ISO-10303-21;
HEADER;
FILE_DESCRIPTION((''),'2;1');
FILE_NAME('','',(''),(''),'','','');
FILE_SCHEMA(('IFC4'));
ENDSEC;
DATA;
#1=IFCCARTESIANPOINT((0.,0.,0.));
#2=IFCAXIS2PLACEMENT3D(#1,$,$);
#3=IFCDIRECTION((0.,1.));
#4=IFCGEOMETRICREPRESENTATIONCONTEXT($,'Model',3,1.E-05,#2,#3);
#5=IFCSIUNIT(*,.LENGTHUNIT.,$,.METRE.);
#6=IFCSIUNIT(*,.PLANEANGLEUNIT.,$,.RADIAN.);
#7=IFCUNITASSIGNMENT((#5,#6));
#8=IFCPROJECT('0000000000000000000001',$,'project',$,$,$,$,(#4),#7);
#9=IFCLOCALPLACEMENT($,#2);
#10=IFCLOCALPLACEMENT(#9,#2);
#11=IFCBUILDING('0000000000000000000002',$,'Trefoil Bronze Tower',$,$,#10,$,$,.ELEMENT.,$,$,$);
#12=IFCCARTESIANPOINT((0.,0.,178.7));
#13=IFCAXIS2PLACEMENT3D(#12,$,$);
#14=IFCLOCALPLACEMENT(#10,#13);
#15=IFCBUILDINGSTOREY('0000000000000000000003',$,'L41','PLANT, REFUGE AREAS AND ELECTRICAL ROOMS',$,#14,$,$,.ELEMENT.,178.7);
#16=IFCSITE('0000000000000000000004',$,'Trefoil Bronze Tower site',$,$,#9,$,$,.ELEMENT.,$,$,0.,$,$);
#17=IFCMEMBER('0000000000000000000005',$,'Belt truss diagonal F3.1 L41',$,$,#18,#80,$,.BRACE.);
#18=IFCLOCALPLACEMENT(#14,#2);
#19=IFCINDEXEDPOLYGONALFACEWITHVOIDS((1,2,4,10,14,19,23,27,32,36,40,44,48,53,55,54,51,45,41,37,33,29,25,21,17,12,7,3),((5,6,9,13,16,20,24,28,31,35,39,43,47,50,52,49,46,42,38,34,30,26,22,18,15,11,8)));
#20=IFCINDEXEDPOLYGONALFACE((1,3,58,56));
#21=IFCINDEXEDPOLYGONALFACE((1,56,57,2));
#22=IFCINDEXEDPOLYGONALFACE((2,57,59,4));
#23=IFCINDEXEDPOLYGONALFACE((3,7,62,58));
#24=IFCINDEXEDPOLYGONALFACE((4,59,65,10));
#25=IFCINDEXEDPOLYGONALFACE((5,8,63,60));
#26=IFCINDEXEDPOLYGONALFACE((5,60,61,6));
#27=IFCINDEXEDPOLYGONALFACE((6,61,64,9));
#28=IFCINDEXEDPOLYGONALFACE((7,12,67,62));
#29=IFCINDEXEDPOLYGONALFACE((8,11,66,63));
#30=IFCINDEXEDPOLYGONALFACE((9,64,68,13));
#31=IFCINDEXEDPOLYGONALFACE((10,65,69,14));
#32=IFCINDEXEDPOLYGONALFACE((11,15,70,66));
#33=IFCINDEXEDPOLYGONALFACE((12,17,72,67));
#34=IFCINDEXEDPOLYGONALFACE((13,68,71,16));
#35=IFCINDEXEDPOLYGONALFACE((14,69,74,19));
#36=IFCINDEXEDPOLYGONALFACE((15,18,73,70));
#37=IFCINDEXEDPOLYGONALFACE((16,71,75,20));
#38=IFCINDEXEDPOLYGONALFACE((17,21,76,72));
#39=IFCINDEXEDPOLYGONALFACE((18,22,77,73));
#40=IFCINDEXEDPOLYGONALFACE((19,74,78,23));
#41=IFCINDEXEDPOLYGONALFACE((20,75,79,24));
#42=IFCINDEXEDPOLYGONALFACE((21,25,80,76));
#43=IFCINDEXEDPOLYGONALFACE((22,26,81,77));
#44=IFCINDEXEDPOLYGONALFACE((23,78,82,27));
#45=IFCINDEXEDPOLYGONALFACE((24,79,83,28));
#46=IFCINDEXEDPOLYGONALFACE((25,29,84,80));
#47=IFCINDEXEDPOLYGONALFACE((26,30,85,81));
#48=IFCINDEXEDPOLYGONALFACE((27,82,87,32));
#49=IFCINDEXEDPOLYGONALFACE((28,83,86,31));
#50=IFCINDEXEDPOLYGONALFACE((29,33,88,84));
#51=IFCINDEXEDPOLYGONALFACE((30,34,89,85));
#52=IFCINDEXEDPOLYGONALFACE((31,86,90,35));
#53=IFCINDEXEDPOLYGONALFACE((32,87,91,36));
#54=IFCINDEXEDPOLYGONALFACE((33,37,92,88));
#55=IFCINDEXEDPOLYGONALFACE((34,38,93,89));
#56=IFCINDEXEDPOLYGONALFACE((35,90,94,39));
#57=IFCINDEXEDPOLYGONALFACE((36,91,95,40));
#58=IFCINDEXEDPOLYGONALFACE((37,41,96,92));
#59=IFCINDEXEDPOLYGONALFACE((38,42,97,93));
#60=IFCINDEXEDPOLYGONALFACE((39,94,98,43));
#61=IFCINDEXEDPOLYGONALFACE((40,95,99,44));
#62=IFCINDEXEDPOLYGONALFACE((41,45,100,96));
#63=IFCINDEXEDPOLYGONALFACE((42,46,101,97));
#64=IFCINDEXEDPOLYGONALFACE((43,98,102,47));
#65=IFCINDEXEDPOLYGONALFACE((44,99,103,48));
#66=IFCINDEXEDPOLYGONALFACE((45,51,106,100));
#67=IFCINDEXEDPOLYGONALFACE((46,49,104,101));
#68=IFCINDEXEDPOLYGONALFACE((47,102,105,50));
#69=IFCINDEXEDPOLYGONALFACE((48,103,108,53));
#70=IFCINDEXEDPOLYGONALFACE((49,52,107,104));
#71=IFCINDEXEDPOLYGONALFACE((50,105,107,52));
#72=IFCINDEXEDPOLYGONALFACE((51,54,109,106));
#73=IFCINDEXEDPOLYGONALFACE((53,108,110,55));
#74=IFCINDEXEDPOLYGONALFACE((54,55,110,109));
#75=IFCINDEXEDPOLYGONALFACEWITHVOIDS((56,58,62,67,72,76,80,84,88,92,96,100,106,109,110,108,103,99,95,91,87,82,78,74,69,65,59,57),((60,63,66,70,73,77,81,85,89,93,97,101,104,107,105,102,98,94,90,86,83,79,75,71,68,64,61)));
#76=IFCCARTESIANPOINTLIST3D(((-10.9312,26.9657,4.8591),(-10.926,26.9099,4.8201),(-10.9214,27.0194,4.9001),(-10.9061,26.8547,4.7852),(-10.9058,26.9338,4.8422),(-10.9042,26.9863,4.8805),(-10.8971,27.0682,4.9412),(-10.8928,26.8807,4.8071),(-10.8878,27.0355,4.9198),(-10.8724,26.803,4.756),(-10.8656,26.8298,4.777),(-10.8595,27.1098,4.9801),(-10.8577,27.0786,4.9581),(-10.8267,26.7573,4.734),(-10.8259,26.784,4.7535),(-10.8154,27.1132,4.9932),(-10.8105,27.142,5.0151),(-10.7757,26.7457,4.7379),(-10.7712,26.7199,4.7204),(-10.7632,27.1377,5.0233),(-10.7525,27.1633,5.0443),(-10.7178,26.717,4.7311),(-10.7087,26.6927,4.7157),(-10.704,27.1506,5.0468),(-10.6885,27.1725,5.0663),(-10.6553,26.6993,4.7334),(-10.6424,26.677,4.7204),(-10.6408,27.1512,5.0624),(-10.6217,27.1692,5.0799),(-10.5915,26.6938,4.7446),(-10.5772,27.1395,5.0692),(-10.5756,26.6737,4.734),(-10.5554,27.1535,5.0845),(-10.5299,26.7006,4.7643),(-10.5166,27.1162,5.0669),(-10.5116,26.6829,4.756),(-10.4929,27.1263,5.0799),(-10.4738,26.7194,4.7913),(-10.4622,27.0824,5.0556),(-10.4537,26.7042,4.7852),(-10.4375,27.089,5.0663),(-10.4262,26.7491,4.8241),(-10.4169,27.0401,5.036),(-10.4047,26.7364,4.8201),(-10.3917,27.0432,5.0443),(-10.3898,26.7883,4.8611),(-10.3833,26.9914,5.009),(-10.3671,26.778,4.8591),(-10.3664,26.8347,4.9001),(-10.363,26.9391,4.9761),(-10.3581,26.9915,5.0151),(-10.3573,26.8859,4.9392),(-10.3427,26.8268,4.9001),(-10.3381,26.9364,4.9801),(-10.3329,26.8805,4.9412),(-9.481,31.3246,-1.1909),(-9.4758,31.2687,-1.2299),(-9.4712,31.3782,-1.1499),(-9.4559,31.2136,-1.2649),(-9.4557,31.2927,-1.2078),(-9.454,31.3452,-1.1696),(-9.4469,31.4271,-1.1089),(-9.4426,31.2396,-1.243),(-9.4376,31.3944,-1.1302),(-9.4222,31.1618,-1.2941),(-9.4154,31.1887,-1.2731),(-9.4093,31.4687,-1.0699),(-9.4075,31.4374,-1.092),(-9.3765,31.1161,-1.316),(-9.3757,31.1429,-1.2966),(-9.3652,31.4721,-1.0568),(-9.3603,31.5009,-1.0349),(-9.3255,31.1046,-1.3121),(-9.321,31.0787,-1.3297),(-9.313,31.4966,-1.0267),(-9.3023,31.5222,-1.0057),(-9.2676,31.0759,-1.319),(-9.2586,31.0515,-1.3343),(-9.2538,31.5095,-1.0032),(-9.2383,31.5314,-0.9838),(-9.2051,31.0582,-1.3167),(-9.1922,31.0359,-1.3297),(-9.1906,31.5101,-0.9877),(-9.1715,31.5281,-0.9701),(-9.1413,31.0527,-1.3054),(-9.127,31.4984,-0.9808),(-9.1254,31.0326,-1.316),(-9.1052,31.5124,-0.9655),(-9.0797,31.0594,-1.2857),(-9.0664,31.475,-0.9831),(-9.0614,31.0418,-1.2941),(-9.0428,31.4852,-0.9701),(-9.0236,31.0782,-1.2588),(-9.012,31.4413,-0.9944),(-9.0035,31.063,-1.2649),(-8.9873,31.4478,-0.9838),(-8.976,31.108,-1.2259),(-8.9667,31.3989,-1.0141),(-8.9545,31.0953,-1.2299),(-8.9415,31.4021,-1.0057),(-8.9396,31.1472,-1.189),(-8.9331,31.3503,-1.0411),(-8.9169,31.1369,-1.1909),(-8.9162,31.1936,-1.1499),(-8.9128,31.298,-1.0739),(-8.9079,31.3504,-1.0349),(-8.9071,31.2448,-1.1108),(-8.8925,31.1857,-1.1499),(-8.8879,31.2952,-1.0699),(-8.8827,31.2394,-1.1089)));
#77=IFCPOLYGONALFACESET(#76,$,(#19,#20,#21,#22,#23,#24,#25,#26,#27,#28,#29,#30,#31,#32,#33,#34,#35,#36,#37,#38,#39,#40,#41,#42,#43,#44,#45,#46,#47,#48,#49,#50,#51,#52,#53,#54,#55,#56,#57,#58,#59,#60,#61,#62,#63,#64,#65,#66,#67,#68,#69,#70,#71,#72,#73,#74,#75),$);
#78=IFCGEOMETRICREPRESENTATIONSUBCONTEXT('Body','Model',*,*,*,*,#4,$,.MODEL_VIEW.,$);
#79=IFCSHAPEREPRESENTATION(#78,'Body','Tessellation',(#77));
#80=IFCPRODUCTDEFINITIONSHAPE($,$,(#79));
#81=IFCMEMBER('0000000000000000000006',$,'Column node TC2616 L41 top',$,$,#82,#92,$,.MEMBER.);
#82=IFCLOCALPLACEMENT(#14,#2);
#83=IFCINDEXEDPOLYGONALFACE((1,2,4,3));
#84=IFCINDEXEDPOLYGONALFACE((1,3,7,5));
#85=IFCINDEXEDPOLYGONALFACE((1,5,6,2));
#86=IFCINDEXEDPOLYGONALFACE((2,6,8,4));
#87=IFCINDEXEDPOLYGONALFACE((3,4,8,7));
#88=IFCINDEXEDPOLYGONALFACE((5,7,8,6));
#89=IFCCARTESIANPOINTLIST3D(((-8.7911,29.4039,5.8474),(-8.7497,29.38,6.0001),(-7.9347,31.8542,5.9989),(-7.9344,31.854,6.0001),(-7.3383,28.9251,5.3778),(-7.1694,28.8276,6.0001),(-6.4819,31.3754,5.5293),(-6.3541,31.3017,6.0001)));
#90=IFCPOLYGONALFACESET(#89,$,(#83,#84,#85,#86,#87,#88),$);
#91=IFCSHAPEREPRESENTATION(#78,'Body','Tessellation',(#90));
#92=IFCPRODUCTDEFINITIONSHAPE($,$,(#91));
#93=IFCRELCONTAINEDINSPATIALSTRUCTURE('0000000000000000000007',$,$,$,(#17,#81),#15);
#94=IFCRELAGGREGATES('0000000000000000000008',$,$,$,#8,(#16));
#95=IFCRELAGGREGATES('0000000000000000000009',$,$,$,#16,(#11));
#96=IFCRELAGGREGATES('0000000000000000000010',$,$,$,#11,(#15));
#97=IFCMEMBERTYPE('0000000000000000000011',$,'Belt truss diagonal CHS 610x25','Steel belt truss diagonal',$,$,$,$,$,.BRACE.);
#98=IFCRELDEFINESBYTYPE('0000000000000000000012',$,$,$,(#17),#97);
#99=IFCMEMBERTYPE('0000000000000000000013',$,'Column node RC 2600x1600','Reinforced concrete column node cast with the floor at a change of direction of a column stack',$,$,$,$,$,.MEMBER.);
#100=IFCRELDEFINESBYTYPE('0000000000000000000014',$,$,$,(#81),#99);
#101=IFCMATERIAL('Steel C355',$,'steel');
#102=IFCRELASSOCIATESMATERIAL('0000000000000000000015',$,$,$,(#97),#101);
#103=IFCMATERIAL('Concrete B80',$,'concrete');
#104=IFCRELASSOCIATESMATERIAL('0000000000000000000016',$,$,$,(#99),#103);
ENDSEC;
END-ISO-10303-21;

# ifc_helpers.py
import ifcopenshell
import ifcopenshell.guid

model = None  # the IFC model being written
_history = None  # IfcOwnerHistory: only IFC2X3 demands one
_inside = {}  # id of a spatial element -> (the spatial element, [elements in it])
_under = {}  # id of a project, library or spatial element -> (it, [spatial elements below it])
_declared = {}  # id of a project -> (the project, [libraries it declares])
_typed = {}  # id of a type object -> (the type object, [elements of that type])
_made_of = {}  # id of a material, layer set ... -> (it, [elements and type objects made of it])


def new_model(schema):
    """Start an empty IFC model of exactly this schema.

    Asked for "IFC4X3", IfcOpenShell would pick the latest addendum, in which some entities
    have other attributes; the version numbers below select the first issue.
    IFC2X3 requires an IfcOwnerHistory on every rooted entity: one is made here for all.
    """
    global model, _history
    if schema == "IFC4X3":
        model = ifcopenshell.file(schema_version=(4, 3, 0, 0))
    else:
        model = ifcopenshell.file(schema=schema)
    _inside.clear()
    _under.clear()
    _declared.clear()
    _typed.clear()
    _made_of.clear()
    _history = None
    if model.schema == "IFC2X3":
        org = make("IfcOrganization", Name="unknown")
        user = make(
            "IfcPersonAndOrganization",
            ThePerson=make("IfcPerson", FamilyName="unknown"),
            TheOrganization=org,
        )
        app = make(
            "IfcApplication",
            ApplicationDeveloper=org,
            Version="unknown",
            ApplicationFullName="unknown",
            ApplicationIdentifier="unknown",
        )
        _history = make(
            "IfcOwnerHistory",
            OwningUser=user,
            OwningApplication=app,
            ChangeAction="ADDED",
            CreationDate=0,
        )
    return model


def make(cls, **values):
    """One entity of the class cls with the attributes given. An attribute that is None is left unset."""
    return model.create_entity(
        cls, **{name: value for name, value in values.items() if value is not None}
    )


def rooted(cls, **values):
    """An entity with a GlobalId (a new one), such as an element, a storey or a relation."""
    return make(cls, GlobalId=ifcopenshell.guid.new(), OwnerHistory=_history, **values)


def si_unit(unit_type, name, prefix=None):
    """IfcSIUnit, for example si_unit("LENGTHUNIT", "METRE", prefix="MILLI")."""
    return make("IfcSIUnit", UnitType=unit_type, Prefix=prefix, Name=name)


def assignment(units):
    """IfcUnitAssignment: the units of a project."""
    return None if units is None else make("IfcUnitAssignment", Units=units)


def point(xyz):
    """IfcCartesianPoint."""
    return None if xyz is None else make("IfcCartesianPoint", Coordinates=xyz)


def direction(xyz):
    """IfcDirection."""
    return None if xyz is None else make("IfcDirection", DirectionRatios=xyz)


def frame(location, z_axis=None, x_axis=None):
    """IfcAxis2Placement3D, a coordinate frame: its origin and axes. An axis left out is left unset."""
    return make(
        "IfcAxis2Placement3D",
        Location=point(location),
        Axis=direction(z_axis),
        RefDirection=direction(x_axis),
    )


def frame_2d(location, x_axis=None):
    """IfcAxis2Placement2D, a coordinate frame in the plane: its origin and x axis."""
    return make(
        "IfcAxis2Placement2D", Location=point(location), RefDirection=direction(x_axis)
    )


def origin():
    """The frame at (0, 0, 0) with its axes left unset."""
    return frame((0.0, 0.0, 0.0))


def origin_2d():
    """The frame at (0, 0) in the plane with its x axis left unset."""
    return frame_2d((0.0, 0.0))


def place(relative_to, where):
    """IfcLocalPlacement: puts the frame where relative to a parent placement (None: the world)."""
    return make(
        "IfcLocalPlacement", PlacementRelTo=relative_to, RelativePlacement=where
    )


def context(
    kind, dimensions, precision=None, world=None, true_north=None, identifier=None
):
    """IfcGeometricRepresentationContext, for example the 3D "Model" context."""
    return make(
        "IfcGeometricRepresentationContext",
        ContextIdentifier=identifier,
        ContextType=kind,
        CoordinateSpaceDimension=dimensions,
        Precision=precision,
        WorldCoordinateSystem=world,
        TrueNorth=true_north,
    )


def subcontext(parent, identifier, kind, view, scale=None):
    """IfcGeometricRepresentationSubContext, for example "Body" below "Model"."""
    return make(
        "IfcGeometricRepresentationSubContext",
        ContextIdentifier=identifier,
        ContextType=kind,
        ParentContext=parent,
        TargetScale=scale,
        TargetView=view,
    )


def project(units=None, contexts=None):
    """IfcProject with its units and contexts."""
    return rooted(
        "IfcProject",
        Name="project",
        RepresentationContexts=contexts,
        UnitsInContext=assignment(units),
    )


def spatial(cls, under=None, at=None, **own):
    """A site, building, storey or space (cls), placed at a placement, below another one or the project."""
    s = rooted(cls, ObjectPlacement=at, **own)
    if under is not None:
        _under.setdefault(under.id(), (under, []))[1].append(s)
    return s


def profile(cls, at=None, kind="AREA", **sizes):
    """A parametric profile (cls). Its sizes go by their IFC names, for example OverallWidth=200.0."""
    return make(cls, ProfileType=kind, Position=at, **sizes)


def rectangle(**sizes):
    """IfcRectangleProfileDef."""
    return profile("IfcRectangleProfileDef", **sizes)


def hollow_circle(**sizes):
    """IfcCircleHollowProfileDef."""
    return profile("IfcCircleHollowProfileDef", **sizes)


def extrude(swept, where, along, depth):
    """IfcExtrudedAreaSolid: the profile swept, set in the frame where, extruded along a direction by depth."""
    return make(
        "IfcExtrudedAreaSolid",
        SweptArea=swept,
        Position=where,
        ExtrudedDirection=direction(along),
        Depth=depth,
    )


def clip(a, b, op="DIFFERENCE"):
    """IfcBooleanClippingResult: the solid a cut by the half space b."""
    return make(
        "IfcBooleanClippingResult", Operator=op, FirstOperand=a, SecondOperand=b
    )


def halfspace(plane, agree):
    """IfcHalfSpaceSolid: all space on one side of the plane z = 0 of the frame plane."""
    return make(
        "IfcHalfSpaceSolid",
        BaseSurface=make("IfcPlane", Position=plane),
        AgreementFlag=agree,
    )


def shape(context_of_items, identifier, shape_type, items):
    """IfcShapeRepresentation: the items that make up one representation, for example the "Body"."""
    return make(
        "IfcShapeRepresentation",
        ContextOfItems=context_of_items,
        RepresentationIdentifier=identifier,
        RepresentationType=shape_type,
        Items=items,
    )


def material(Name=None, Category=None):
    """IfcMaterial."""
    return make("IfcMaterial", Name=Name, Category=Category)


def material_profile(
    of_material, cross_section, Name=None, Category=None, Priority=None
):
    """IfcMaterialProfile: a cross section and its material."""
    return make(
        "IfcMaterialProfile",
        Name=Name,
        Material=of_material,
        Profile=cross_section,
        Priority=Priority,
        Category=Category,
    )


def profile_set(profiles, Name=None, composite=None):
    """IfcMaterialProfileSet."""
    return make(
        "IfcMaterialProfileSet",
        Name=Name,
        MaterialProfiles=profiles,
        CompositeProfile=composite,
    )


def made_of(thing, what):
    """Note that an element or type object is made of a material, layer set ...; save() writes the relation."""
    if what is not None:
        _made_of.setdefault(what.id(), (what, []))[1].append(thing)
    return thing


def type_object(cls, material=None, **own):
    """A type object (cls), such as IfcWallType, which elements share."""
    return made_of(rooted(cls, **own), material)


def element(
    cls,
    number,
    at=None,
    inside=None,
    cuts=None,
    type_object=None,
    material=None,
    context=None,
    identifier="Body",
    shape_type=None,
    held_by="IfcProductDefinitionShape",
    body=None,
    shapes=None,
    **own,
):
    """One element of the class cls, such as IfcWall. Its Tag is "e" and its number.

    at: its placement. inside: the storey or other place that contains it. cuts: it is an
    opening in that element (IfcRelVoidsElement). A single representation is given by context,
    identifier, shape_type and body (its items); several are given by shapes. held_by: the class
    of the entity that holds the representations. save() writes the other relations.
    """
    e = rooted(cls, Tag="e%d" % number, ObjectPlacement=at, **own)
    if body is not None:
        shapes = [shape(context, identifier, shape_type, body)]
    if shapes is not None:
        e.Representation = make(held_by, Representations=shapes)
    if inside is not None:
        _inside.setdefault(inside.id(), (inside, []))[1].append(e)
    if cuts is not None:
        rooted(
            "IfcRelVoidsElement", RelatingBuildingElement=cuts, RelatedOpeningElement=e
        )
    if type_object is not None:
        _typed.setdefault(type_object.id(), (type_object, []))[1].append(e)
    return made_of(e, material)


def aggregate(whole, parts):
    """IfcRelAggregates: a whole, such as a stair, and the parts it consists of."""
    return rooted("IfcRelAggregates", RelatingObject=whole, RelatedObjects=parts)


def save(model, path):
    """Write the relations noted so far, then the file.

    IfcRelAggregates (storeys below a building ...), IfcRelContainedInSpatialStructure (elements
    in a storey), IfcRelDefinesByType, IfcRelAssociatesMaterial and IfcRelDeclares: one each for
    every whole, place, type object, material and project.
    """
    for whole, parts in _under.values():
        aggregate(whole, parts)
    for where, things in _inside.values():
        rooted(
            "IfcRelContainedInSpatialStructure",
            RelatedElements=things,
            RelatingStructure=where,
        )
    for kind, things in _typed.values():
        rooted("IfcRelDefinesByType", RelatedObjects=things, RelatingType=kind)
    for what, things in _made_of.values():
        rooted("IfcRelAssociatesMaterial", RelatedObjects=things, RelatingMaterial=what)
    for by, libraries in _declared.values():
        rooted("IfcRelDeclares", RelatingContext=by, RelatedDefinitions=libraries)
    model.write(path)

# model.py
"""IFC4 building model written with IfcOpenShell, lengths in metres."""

from ifc_helpers import new_model, si_unit, direction, frame, origin, origin_2d, place, context, subcontext, project, spatial, rectangle, hollow_circle, extrude, clip, halfspace, material, material_profile, profile_set, type_object, element, save


model = new_model("IFC4")

# Units and contexts
model_context = context("Model", 3, precision=1e-05, world=origin(), true_north=direction((0.0, 1.0)))
body_context = subcontext(model_context, "Body", "Model", "MODEL_VIEW")
ifc_project = project(units=[si_unit("LENGTHUNIT", "METRE"), si_unit("PLANEANGLEUNIT", "RADIAN")], contexts=[model_context])

# Site, building, storey
site_placement = place(None, origin())
site = spatial("IfcSite", under=ifc_project, at=site_placement, Name="Trefoil Bronze Tower site", CompositionType="ELEMENT", RefElevation=0.0)
building_placement = place(site_placement, origin())
building = spatial("IfcBuilding", under=site, at=building_placement, Name="Trefoil Bronze Tower", CompositionType="ELEMENT")
storey_placement = place(building_placement, frame((0.0, 0.0, 178.7)))
storey = spatial("IfcBuildingStorey", under=building, at=storey_placement, Name="L41", Description="PLANT, REFUGE AREAS AND ELECTRICAL ROOMS", CompositionType="ELEMENT", Elevation=178.7)

# Members
ifc_material_1 = material(Name="Steel C355", Category="steel")
ifc_material_profile_1 = material_profile(ifc_material_1, hollow_circle(Radius=0.3049, WallThickness=0.0249, at=origin_2d()), Name="CHS 610x25")
ifc_profile_set_1 = profile_set([ifc_material_profile_1], Name="Steel C355")
member_type_1 = type_object("IfcMemberType", Name="Belt truss diagonal CHS 610x25", Description="Steel belt truss diagonal", PredefinedType="BRACE", material=ifc_profile_set_1)
member_1_placement = place(storey_placement, frame((-9.1819, 31.282, -1.1499), z_axis=(-0.190904, -0.573806, 0.796431), x_axis=(0.948864, -0.315686, 0.0)))
element("IfcMember", 1, at=member_1_placement, inside=storey, type_object=member_type_1, Name="Belt truss diagonal F3.1 L41", PredefinedType="BRACE", context=body_context, shape_type="SweptSolid", body=[
    extrude(hollow_circle(Radius=0.3049, WallThickness=0.0249, at=origin_2d()), origin(), (0.0, 0.0, 1.0), 7.5964),
])
ifc_material_2 = material(Name="Concrete B80", Category="concrete")
ifc_material_profile_2 = material_profile(ifc_material_2, rectangle(XDim=2.6001, YDim=1.6001, at=origin_2d()), Name="RC 2600x1600")
ifc_profile_set_2 = profile_set([ifc_material_profile_2], Name="Concrete B80")
member_type_2 = type_object("IfcMemberType", Name="Column node RC 2600x1600", Description="Reinforced concrete column node cast with the floor at a change of direction of a column stack", PredefinedType="MEMBER", material=ifc_profile_set_2)
member_2_placement = place(storey_placement, frame((-7.4673, 30.292, 6.3115), z_axis=(-0.259114, 0.149561, -0.954197), x_axis=(0.329393, 0.942394, 0.058263)))
element("IfcMember", 2, at=member_2_placement, inside=storey, type_object=member_type_2, Name="Column node TC2616 L41 top", PredefinedType="MEMBER", context=body_context, shape_type="Clipping", body=[
    clip(extrude(rectangle(XDim=2.6001, YDim=1.6001, at=origin_2d()), origin(), (0.0, 0.0, 1.0), 0.6531), halfspace(frame((0.0, 0.0, 0.3264), z_axis=(-0.058263, 0.293451, 0.954197), x_axis=(0.0, 0.955821, -0.293951)), True)),
])

save(model, "model.ifc")
